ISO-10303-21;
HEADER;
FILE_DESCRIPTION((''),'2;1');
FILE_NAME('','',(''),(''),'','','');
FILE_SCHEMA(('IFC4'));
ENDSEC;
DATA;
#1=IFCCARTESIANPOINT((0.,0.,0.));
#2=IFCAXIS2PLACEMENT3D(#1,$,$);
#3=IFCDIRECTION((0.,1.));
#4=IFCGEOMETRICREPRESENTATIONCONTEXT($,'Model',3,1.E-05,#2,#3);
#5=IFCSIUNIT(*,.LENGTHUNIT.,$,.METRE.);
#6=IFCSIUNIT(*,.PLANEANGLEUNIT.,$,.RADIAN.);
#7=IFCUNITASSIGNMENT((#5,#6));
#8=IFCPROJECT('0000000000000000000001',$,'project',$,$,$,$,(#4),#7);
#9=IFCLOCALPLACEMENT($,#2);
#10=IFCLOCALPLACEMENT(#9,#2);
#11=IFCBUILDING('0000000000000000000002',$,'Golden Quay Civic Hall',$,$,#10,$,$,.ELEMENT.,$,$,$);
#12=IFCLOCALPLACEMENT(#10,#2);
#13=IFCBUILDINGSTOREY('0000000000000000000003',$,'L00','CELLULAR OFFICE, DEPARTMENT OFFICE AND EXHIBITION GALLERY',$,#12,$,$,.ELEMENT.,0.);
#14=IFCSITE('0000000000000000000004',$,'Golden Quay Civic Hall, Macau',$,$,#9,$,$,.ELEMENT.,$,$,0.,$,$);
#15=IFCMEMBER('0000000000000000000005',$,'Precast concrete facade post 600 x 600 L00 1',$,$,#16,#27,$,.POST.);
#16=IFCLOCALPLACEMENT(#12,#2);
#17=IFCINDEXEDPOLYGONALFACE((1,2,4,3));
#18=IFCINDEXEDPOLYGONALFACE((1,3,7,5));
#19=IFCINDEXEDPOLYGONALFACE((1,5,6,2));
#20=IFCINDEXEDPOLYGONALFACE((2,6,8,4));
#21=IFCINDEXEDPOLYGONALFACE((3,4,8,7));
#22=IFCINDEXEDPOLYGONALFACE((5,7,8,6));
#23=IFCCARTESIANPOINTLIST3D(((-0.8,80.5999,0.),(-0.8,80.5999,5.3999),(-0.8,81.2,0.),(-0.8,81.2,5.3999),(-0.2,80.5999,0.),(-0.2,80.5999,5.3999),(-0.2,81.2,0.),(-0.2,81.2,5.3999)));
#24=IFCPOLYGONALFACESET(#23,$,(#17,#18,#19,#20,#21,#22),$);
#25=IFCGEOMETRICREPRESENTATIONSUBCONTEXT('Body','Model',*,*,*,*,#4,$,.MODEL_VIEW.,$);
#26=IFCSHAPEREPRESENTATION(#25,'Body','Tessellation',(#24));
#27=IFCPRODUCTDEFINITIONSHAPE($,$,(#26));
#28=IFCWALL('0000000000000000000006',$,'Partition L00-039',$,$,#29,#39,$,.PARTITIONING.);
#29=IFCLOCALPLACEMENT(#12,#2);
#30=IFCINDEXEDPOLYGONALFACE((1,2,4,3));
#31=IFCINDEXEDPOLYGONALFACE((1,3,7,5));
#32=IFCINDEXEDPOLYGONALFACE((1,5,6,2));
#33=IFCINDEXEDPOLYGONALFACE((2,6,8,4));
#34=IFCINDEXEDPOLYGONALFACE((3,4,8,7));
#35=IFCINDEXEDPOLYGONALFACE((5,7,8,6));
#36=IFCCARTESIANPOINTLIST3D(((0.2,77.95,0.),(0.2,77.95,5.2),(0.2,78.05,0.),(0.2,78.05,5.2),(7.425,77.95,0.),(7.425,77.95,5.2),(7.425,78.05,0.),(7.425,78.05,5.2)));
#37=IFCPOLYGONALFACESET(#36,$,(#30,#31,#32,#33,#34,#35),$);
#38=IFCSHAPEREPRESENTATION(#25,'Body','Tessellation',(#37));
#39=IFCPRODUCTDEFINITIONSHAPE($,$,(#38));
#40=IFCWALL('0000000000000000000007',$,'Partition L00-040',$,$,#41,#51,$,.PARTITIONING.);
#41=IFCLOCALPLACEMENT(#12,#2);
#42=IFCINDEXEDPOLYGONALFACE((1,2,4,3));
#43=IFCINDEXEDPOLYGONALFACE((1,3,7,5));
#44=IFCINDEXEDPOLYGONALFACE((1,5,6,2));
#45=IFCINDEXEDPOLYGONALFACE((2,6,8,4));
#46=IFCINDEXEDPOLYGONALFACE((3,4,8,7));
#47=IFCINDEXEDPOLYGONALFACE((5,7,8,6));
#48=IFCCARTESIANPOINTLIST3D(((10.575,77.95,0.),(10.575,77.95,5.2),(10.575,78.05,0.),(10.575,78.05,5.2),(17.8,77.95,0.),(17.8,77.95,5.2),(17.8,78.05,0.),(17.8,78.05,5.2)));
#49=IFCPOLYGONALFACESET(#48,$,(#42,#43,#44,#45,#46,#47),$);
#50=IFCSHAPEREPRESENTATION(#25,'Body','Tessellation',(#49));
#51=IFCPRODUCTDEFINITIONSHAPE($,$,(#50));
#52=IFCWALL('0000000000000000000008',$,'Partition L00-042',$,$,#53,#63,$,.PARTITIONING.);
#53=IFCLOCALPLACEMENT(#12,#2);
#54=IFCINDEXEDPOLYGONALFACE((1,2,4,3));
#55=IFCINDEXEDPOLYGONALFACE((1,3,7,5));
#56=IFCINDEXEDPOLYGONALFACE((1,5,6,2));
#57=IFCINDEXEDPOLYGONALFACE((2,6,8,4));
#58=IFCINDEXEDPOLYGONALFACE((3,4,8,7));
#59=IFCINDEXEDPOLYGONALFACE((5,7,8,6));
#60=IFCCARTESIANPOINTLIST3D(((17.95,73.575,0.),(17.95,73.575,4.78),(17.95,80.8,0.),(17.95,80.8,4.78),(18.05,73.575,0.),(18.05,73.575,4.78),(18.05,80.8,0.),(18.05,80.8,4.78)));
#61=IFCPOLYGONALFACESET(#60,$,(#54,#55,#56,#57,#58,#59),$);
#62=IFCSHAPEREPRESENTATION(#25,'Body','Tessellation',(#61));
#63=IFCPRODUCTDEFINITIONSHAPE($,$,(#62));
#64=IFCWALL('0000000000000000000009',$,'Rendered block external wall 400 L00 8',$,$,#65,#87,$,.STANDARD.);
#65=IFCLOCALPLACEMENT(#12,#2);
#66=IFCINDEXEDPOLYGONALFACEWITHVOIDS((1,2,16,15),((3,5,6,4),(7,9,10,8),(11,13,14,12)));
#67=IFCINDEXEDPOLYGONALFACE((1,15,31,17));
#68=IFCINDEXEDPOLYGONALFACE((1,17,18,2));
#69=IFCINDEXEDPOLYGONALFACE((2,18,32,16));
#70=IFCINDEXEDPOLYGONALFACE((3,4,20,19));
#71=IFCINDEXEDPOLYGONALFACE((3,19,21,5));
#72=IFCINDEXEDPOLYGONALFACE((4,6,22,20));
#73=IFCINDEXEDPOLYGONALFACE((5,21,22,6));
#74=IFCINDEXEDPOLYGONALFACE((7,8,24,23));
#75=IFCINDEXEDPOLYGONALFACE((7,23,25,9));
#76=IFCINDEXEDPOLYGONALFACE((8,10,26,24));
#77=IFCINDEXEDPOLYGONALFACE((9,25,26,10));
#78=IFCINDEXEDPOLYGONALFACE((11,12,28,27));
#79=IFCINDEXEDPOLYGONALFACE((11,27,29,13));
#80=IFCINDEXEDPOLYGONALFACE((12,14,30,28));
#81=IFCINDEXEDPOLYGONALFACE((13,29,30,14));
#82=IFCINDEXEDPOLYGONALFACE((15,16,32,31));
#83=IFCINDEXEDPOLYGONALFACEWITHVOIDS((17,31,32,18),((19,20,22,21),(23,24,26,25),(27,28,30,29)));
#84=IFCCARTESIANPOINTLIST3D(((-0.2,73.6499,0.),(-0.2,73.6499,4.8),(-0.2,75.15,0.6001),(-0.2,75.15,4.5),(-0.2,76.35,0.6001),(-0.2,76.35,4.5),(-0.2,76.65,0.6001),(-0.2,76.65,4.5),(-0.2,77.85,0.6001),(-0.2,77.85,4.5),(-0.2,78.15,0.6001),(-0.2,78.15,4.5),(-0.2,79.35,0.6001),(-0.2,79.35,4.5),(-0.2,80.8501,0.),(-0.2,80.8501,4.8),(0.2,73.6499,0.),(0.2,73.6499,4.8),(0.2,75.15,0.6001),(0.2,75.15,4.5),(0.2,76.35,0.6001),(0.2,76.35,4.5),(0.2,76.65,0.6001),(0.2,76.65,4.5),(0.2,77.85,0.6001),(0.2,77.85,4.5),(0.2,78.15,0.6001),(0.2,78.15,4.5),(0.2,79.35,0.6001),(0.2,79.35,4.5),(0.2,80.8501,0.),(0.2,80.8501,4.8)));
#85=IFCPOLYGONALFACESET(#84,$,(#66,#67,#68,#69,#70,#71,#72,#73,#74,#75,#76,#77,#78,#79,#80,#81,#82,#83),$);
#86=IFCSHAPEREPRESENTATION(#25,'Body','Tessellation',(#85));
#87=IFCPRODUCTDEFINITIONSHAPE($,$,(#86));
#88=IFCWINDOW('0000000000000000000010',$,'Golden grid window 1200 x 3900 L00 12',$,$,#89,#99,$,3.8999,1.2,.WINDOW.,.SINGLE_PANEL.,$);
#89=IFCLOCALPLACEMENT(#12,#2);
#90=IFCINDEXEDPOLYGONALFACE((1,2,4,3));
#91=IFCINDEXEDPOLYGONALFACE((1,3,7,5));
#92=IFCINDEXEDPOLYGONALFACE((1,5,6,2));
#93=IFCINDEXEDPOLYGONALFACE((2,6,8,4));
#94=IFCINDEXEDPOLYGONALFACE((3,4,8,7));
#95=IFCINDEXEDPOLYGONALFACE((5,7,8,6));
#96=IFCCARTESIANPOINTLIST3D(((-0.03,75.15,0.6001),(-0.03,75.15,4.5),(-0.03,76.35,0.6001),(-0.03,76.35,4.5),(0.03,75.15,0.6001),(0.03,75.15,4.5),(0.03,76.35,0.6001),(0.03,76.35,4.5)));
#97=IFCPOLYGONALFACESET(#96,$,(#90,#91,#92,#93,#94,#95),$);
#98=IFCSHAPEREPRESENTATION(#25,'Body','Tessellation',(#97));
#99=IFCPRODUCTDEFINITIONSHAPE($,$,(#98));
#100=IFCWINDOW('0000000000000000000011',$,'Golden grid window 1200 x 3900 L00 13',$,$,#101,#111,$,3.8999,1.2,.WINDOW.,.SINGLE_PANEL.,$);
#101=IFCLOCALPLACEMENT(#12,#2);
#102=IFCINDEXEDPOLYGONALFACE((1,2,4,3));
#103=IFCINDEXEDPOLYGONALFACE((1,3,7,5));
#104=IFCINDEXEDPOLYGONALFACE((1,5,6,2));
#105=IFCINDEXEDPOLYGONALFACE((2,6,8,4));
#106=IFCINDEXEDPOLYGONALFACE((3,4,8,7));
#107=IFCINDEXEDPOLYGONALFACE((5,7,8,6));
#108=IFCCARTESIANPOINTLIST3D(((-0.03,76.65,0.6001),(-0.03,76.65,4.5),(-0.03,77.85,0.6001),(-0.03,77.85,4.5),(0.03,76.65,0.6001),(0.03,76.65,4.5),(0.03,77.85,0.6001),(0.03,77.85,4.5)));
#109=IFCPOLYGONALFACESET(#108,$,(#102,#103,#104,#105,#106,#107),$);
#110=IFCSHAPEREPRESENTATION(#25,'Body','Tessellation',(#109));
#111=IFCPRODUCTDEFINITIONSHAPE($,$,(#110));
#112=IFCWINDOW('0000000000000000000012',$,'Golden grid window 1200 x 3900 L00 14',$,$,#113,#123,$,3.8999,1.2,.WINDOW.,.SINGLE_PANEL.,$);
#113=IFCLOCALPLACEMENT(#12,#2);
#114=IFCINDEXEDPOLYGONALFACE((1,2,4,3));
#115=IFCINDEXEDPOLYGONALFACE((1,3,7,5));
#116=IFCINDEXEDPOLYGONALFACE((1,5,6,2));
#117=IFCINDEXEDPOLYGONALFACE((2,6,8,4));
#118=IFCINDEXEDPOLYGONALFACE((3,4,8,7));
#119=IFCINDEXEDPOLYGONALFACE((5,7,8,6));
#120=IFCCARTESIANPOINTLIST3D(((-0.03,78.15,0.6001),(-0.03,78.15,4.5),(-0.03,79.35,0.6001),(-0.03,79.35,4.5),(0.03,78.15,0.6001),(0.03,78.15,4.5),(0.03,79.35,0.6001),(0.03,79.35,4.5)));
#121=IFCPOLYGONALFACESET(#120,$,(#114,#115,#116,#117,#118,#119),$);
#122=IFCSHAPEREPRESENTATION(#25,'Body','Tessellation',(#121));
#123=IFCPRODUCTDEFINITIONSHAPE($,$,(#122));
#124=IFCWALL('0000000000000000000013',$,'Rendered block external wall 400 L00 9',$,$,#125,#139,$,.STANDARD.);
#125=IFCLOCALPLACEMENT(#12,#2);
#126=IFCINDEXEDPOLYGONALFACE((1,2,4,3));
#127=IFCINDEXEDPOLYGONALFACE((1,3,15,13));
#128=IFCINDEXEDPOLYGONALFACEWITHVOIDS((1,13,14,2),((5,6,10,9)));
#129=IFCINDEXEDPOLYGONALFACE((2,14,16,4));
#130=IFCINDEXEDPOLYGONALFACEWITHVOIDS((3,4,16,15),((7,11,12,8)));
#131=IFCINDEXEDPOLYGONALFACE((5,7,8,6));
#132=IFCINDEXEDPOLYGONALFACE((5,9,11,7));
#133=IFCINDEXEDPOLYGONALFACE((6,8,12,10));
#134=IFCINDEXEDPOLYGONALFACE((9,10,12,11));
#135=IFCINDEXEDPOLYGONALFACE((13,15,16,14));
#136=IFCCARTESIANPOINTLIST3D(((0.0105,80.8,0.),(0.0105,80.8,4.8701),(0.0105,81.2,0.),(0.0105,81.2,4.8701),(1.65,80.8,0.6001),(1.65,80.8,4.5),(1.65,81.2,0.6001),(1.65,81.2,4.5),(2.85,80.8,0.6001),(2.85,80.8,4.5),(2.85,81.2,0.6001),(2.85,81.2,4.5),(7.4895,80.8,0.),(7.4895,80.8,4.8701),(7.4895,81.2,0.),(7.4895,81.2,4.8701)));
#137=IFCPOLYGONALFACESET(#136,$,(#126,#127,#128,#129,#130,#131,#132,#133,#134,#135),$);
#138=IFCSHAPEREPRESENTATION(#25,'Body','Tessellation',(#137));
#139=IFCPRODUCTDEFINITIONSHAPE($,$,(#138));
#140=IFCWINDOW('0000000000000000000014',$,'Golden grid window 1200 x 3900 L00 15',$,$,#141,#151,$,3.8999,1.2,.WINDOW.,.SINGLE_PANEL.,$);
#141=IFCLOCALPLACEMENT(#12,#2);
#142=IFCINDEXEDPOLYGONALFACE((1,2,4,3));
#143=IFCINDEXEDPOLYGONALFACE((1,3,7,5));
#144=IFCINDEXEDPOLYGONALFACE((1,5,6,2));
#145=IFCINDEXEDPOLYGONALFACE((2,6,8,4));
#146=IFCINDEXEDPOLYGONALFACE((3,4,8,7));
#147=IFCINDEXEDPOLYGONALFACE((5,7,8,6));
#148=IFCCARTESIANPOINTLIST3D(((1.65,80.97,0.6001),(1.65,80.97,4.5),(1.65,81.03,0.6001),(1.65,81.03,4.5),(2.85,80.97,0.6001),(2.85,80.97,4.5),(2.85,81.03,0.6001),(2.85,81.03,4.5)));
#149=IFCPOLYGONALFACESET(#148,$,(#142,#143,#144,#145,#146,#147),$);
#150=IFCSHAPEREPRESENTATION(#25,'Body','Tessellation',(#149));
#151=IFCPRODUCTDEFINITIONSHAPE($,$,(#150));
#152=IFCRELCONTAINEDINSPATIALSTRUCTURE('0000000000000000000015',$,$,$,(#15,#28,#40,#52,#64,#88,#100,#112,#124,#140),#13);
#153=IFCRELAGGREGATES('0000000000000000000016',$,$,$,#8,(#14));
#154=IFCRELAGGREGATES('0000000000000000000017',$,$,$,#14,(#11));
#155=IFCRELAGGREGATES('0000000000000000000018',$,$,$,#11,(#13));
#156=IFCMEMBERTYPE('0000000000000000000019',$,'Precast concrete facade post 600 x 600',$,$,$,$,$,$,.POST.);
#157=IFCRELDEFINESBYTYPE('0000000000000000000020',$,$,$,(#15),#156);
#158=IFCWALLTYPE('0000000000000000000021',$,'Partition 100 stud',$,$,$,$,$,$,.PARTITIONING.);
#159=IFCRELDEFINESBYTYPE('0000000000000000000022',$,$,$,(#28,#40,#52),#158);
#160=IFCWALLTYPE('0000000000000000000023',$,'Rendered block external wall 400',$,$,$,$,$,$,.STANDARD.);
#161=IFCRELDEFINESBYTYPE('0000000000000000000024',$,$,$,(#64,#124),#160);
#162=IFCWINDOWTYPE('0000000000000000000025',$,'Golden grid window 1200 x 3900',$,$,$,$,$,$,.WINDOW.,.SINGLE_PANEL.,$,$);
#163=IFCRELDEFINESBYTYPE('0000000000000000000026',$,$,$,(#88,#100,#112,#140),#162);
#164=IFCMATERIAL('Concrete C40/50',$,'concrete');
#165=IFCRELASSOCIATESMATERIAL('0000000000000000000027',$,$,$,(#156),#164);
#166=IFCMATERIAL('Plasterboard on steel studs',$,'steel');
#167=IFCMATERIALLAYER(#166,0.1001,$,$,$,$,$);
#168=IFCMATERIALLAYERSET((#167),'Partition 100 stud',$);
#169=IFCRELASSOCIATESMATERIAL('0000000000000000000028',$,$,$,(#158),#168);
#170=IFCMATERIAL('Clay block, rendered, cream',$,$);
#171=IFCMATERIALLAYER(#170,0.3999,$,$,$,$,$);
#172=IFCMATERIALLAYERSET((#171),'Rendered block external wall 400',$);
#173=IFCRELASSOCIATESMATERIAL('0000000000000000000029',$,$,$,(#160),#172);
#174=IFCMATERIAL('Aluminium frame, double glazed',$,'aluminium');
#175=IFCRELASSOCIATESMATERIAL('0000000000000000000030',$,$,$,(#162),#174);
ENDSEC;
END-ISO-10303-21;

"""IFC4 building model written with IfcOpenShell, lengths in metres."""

from ifc_helpers import new_model, si_unit, direction, frame, frame_2d, origin, origin_2d, place, context, subcontext, project, spatial, rectangle, extrude, material, layer, layer_set, material_profile, profile_set, type_object, element, fill, save


model = new_model("IFC4")

# Units and contexts
model_context = context("Model", 3, precision=1e-05, world=origin(), true_north=direction((0.0, 1.0)))
body_context = subcontext(model_context, "Body", "Model", "MODEL_VIEW")
ifc_project = project(units=[si_unit("LENGTHUNIT", "METRE"), si_unit("PLANEANGLEUNIT", "RADIAN")], contexts=[model_context])

# Site, building, storey
site_placement = place(None, origin())
site = spatial("IfcSite", under=ifc_project, at=site_placement, Name="Golden Quay Civic Hall, Macau", CompositionType="ELEMENT", RefElevation=0.0)
building_placement = place(site_placement, origin())
building = spatial("IfcBuilding", under=site, at=building_placement, Name="Golden Quay Civic Hall", CompositionType="ELEMENT")
storey_placement = place(building_placement, origin())
storey = spatial("IfcBuildingStorey", under=building, at=storey_placement, Name="L00", Description="CELLULAR OFFICE, DEPARTMENT OFFICE AND EXHIBITION GALLERY", CompositionType="ELEMENT", Elevation=0.0)

# Member
ifc_material_1 = material(Name="Concrete C40/50", Category="concrete")
ifc_material_profile_1 = material_profile(ifc_material_1, rectangle(XDim=0.6001, YDim=0.6001, at=origin_2d()), Name="RC 600x600")
ifc_profile_set_1 = profile_set([ifc_material_profile_1], Name="Concrete C40/50")
member_type = type_object("IfcMemberType", Name="Precast concrete facade post 600 x 600", PredefinedType="POST", material=ifc_profile_set_1)
member_placement = place(storey_placement, frame((-0.5, 80.8999, 0.0), z_axis=(0.0, 0.0, 1.0), x_axis=(1.0, 0.0, 0.0)))
element("IfcMember", 1, at=member_placement, inside=storey, type_object=member_type, Name="Precast concrete facade post 600 x 600 L00 1", PredefinedType="POST", context=body_context, shape_type="SweptSolid", body=[
    extrude(rectangle(XDim=0.6001, YDim=0.6001, at=origin_2d()), origin(), (0.0, 0.0, 1.0), 5.3999),
])

# Walls
ifc_material_2 = material(Name="Plasterboard on steel studs", Category="steel")
ifc_layer_1 = layer(ifc_material_2, 0.1001)
ifc_layer_set_1 = layer_set([ifc_layer_1], Name="Partition 100 stud")
wall_type_1 = type_object("IfcWallType", Name="Partition 100 stud", PredefinedType="PARTITIONING", material=ifc_layer_set_1)
for number, where, z_axis, x_axis, name in (
    (2, (0.2, 78.0, 0.0), (0.0, 0.0, 1.0), (1.0, 0.0, 0.0), "Partition L00-039"),
    (3, (10.575, 78.0, 0.0), (0.0, 0.0, 1.0), (1.0, 0.0, 0.0), "Partition L00-040"),
):
    element("IfcWall", number, at=place(storey_placement, frame(where, z_axis=z_axis, x_axis=x_axis)), inside=storey, type_object=wall_type_1, Name=name, PredefinedType="PARTITIONING", context=body_context, shape_type="SweptSolid", body=[
        extrude(rectangle(XDim=7.2251, YDim=0.1001, at=frame_2d((3.6125, 0.0))), origin(), (0.0, 0.0, 1.0), 5.2),
    ])
wall_1_placement = place(storey_placement, frame((18.0, 73.575, 0.0), z_axis=(0.0, 0.0, 1.0), x_axis=(0.0, 1.0, 0.0)))
element("IfcWall", 4, at=wall_1_placement, inside=storey, type_object=wall_type_1, Name="Partition L00-042", PredefinedType="PARTITIONING", context=body_context, shape_type="SweptSolid", body=[
    extrude(rectangle(XDim=7.2251, YDim=0.1001, at=frame_2d((3.6125, 0.0))), origin(), (0.0, 0.0, 1.0), 4.78),
])

# Wall, openings, windows
ifc_material_3 = material(Name="Clay block, rendered, cream")
ifc_layer_2 = layer(ifc_material_3, 0.3999)
ifc_layer_set_2 = layer_set([ifc_layer_2], Name="Rendered block external wall 400")
wall_type_2 = type_object("IfcWallType", Name="Rendered block external wall 400", PredefinedType="STANDARD", material=ifc_layer_set_2)
wall_2_placement = place(storey_placement, frame((0.0, 73.6499, 0.0), z_axis=(0.0, 0.0, 1.0), x_axis=(0.0, 1.0, 0.0)))
wall_2 = element("IfcWall", 5, at=wall_2_placement, inside=storey, type_object=wall_type_2, Name="Rendered block external wall 400 L00 8", PredefinedType="STANDARD", context=body_context, shape_type="SweptSolid", body=[
    extrude(rectangle(XDim=7.2002, YDim=0.3999, at=frame_2d((3.6001, 0.0))), origin(), (0.0, 0.0, 1.0), 4.8),
])
opening_1_placement = place(wall_2_placement, frame((1.5, 0.0, 0.6001)))
opening_1 = element("IfcOpeningElement", 6, at=opening_1_placement, cuts=wall_2, PredefinedType="OPENING", context=body_context, shape_type="SweptSolid", body=[
    extrude(rectangle(XDim=1.2, YDim=3.8999, at=frame_2d((0.6001, 1.95))), frame((0.0, 0.21, 0.0), z_axis=(0.0, -1.0, 0.0), x_axis=(1.0, 0.0, 0.0)), (0.0, 0.0, 1.0), 0.4199),
])
opening_2_placement = place(wall_2_placement, frame((3.0, 0.0, 0.6001)))
opening_2 = element("IfcOpeningElement", 7, at=opening_2_placement, cuts=wall_2, PredefinedType="OPENING", context=body_context, shape_type="SweptSolid", body=[
    extrude(rectangle(XDim=1.2, YDim=3.8999, at=frame_2d((0.6001, 1.95))), frame((0.0, 0.21, 0.0), z_axis=(0.0, -1.0, 0.0), x_axis=(1.0, 0.0, 0.0)), (0.0, 0.0, 1.0), 0.4199),
])
opening_3_placement = place(wall_2_placement, frame((4.5, 0.0, 0.6001)))
opening_3 = element("IfcOpeningElement", 8, at=opening_3_placement, cuts=wall_2, PredefinedType="OPENING", context=body_context, shape_type="SweptSolid", body=[
    extrude(rectangle(XDim=1.2, YDim=3.8999, at=frame_2d((0.6001, 1.95))), frame((0.0, 0.21, 0.0), z_axis=(0.0, -1.0, 0.0), x_axis=(1.0, 0.0, 0.0)), (0.0, 0.0, 1.0), 0.4199),
])
ifc_material_4 = material(Name="Aluminium frame, double glazed", Category="aluminium")
window_type_1 = type_object("IfcWindowType", Name="Golden grid window 1200 x 3900", PartitioningType="SINGLE_PANEL", PredefinedType="WINDOW", material=ifc_material_4)
window_1_placement = place(opening_1_placement, origin())
window_1 = element("IfcWindow", 9, at=window_1_placement, inside=storey, type_object=window_type_1, Name="Golden grid window 1200 x 3900 L00 12", OverallHeight=3.8999, OverallWidth=1.2, PartitioningType="SINGLE_PANEL", PredefinedType="WINDOW", context=body_context, shape_type="SweptSolid", body=[
    extrude(rectangle(XDim=1.2, YDim=3.8999, at=frame_2d((0.6001, 1.95))), frame((0.0, 0.03, 0.0), z_axis=(0.0, -1.0, 0.0), x_axis=(1.0, 0.0, 0.0)), (0.0, 0.0, 1.0), 0.0601),
])
fill(opening_1, window_1)
window_2_placement = place(opening_2_placement, origin())
window_2 = element("IfcWindow", 10, at=window_2_placement, inside=storey, type_object=window_type_1, Name="Golden grid window 1200 x 3900 L00 13", OverallHeight=3.8999, OverallWidth=1.2, PartitioningType="SINGLE_PANEL", PredefinedType="WINDOW", context=body_context, shape_type="SweptSolid", body=[
    extrude(rectangle(XDim=1.2, YDim=3.8999, at=frame_2d((0.6001, 1.95))), frame((0.0, 0.03, 0.0), z_axis=(0.0, -1.0, 0.0), x_axis=(1.0, 0.0, 0.0)), (0.0, 0.0, 1.0), 0.0601),
])
fill(opening_2, window_2)
window_3_placement = place(opening_3_placement, origin())
window_3 = element("IfcWindow", 11, at=window_3_placement, inside=storey, type_object=window_type_1, Name="Golden grid window 1200 x 3900 L00 14", OverallHeight=3.8999, OverallWidth=1.2, PartitioningType="SINGLE_PANEL", PredefinedType="WINDOW", context=body_context, shape_type="SweptSolid", body=[
    extrude(rectangle(XDim=1.2, YDim=3.8999, at=frame_2d((0.6001, 1.95))), frame((0.0, 0.03, 0.0), z_axis=(0.0, -1.0, 0.0), x_axis=(1.0, 0.0, 0.0)), (0.0, 0.0, 1.0), 0.0601),
])
fill(opening_3, window_3)

# Wall, opening, window
wall_3_placement = place(storey_placement, frame((0.0105, 81.0, 0.0), z_axis=(0.0, 0.0, 1.0), x_axis=(1.0, 0.0, 0.0)))
wall_3 = element("IfcWall", 12, at=wall_3_placement, inside=storey, type_object=wall_type_2, Name="Rendered block external wall 400 L00 9", PredefinedType="STANDARD", context=body_context, shape_type="SweptSolid", body=[
    extrude(rectangle(XDim=7.479, YDim=0.3999, at=frame_2d((3.7395, 0.0))), origin(), (0.0, 0.0, 1.0), 4.8701),
])
opening_4_placement = place(wall_3_placement, frame((1.6394, 0.0, 0.6001)))
opening_4 = element("IfcOpeningElement", 13, at=opening_4_placement, cuts=wall_3, PredefinedType="OPENING", context=body_context, shape_type="SweptSolid", body=[
    extrude(rectangle(XDim=1.2, YDim=3.8999, at=frame_2d((0.6001, 1.95))), frame((0.0, 0.21, 0.0), z_axis=(0.0, -1.0, 0.0), x_axis=(1.0, 0.0, 0.0)), (0.0, 0.0, 1.0), 0.4199),
])
window_4_placement = place(opening_4_placement, origin())
window_4 = element("IfcWindow", 14, at=window_4_placement, inside=storey, type_object=window_type_1, Name="Golden grid window 1200 x 3900 L00 15", OverallHeight=3.8999, OverallWidth=1.2, PartitioningType="SINGLE_PANEL", PredefinedType="WINDOW", context=body_context, shape_type="SweptSolid", body=[
    extrude(rectangle(XDim=1.2, YDim=3.8999, at=frame_2d((0.6001, 1.95))), frame((0.0, 0.03, 0.0), z_axis=(0.0, -1.0, 0.0), x_axis=(1.0, 0.0, 0.0)), (0.0, 0.0, 1.0), 0.0601),
])
fill(opening_4, window_4)

save(model, "model.ifc")
